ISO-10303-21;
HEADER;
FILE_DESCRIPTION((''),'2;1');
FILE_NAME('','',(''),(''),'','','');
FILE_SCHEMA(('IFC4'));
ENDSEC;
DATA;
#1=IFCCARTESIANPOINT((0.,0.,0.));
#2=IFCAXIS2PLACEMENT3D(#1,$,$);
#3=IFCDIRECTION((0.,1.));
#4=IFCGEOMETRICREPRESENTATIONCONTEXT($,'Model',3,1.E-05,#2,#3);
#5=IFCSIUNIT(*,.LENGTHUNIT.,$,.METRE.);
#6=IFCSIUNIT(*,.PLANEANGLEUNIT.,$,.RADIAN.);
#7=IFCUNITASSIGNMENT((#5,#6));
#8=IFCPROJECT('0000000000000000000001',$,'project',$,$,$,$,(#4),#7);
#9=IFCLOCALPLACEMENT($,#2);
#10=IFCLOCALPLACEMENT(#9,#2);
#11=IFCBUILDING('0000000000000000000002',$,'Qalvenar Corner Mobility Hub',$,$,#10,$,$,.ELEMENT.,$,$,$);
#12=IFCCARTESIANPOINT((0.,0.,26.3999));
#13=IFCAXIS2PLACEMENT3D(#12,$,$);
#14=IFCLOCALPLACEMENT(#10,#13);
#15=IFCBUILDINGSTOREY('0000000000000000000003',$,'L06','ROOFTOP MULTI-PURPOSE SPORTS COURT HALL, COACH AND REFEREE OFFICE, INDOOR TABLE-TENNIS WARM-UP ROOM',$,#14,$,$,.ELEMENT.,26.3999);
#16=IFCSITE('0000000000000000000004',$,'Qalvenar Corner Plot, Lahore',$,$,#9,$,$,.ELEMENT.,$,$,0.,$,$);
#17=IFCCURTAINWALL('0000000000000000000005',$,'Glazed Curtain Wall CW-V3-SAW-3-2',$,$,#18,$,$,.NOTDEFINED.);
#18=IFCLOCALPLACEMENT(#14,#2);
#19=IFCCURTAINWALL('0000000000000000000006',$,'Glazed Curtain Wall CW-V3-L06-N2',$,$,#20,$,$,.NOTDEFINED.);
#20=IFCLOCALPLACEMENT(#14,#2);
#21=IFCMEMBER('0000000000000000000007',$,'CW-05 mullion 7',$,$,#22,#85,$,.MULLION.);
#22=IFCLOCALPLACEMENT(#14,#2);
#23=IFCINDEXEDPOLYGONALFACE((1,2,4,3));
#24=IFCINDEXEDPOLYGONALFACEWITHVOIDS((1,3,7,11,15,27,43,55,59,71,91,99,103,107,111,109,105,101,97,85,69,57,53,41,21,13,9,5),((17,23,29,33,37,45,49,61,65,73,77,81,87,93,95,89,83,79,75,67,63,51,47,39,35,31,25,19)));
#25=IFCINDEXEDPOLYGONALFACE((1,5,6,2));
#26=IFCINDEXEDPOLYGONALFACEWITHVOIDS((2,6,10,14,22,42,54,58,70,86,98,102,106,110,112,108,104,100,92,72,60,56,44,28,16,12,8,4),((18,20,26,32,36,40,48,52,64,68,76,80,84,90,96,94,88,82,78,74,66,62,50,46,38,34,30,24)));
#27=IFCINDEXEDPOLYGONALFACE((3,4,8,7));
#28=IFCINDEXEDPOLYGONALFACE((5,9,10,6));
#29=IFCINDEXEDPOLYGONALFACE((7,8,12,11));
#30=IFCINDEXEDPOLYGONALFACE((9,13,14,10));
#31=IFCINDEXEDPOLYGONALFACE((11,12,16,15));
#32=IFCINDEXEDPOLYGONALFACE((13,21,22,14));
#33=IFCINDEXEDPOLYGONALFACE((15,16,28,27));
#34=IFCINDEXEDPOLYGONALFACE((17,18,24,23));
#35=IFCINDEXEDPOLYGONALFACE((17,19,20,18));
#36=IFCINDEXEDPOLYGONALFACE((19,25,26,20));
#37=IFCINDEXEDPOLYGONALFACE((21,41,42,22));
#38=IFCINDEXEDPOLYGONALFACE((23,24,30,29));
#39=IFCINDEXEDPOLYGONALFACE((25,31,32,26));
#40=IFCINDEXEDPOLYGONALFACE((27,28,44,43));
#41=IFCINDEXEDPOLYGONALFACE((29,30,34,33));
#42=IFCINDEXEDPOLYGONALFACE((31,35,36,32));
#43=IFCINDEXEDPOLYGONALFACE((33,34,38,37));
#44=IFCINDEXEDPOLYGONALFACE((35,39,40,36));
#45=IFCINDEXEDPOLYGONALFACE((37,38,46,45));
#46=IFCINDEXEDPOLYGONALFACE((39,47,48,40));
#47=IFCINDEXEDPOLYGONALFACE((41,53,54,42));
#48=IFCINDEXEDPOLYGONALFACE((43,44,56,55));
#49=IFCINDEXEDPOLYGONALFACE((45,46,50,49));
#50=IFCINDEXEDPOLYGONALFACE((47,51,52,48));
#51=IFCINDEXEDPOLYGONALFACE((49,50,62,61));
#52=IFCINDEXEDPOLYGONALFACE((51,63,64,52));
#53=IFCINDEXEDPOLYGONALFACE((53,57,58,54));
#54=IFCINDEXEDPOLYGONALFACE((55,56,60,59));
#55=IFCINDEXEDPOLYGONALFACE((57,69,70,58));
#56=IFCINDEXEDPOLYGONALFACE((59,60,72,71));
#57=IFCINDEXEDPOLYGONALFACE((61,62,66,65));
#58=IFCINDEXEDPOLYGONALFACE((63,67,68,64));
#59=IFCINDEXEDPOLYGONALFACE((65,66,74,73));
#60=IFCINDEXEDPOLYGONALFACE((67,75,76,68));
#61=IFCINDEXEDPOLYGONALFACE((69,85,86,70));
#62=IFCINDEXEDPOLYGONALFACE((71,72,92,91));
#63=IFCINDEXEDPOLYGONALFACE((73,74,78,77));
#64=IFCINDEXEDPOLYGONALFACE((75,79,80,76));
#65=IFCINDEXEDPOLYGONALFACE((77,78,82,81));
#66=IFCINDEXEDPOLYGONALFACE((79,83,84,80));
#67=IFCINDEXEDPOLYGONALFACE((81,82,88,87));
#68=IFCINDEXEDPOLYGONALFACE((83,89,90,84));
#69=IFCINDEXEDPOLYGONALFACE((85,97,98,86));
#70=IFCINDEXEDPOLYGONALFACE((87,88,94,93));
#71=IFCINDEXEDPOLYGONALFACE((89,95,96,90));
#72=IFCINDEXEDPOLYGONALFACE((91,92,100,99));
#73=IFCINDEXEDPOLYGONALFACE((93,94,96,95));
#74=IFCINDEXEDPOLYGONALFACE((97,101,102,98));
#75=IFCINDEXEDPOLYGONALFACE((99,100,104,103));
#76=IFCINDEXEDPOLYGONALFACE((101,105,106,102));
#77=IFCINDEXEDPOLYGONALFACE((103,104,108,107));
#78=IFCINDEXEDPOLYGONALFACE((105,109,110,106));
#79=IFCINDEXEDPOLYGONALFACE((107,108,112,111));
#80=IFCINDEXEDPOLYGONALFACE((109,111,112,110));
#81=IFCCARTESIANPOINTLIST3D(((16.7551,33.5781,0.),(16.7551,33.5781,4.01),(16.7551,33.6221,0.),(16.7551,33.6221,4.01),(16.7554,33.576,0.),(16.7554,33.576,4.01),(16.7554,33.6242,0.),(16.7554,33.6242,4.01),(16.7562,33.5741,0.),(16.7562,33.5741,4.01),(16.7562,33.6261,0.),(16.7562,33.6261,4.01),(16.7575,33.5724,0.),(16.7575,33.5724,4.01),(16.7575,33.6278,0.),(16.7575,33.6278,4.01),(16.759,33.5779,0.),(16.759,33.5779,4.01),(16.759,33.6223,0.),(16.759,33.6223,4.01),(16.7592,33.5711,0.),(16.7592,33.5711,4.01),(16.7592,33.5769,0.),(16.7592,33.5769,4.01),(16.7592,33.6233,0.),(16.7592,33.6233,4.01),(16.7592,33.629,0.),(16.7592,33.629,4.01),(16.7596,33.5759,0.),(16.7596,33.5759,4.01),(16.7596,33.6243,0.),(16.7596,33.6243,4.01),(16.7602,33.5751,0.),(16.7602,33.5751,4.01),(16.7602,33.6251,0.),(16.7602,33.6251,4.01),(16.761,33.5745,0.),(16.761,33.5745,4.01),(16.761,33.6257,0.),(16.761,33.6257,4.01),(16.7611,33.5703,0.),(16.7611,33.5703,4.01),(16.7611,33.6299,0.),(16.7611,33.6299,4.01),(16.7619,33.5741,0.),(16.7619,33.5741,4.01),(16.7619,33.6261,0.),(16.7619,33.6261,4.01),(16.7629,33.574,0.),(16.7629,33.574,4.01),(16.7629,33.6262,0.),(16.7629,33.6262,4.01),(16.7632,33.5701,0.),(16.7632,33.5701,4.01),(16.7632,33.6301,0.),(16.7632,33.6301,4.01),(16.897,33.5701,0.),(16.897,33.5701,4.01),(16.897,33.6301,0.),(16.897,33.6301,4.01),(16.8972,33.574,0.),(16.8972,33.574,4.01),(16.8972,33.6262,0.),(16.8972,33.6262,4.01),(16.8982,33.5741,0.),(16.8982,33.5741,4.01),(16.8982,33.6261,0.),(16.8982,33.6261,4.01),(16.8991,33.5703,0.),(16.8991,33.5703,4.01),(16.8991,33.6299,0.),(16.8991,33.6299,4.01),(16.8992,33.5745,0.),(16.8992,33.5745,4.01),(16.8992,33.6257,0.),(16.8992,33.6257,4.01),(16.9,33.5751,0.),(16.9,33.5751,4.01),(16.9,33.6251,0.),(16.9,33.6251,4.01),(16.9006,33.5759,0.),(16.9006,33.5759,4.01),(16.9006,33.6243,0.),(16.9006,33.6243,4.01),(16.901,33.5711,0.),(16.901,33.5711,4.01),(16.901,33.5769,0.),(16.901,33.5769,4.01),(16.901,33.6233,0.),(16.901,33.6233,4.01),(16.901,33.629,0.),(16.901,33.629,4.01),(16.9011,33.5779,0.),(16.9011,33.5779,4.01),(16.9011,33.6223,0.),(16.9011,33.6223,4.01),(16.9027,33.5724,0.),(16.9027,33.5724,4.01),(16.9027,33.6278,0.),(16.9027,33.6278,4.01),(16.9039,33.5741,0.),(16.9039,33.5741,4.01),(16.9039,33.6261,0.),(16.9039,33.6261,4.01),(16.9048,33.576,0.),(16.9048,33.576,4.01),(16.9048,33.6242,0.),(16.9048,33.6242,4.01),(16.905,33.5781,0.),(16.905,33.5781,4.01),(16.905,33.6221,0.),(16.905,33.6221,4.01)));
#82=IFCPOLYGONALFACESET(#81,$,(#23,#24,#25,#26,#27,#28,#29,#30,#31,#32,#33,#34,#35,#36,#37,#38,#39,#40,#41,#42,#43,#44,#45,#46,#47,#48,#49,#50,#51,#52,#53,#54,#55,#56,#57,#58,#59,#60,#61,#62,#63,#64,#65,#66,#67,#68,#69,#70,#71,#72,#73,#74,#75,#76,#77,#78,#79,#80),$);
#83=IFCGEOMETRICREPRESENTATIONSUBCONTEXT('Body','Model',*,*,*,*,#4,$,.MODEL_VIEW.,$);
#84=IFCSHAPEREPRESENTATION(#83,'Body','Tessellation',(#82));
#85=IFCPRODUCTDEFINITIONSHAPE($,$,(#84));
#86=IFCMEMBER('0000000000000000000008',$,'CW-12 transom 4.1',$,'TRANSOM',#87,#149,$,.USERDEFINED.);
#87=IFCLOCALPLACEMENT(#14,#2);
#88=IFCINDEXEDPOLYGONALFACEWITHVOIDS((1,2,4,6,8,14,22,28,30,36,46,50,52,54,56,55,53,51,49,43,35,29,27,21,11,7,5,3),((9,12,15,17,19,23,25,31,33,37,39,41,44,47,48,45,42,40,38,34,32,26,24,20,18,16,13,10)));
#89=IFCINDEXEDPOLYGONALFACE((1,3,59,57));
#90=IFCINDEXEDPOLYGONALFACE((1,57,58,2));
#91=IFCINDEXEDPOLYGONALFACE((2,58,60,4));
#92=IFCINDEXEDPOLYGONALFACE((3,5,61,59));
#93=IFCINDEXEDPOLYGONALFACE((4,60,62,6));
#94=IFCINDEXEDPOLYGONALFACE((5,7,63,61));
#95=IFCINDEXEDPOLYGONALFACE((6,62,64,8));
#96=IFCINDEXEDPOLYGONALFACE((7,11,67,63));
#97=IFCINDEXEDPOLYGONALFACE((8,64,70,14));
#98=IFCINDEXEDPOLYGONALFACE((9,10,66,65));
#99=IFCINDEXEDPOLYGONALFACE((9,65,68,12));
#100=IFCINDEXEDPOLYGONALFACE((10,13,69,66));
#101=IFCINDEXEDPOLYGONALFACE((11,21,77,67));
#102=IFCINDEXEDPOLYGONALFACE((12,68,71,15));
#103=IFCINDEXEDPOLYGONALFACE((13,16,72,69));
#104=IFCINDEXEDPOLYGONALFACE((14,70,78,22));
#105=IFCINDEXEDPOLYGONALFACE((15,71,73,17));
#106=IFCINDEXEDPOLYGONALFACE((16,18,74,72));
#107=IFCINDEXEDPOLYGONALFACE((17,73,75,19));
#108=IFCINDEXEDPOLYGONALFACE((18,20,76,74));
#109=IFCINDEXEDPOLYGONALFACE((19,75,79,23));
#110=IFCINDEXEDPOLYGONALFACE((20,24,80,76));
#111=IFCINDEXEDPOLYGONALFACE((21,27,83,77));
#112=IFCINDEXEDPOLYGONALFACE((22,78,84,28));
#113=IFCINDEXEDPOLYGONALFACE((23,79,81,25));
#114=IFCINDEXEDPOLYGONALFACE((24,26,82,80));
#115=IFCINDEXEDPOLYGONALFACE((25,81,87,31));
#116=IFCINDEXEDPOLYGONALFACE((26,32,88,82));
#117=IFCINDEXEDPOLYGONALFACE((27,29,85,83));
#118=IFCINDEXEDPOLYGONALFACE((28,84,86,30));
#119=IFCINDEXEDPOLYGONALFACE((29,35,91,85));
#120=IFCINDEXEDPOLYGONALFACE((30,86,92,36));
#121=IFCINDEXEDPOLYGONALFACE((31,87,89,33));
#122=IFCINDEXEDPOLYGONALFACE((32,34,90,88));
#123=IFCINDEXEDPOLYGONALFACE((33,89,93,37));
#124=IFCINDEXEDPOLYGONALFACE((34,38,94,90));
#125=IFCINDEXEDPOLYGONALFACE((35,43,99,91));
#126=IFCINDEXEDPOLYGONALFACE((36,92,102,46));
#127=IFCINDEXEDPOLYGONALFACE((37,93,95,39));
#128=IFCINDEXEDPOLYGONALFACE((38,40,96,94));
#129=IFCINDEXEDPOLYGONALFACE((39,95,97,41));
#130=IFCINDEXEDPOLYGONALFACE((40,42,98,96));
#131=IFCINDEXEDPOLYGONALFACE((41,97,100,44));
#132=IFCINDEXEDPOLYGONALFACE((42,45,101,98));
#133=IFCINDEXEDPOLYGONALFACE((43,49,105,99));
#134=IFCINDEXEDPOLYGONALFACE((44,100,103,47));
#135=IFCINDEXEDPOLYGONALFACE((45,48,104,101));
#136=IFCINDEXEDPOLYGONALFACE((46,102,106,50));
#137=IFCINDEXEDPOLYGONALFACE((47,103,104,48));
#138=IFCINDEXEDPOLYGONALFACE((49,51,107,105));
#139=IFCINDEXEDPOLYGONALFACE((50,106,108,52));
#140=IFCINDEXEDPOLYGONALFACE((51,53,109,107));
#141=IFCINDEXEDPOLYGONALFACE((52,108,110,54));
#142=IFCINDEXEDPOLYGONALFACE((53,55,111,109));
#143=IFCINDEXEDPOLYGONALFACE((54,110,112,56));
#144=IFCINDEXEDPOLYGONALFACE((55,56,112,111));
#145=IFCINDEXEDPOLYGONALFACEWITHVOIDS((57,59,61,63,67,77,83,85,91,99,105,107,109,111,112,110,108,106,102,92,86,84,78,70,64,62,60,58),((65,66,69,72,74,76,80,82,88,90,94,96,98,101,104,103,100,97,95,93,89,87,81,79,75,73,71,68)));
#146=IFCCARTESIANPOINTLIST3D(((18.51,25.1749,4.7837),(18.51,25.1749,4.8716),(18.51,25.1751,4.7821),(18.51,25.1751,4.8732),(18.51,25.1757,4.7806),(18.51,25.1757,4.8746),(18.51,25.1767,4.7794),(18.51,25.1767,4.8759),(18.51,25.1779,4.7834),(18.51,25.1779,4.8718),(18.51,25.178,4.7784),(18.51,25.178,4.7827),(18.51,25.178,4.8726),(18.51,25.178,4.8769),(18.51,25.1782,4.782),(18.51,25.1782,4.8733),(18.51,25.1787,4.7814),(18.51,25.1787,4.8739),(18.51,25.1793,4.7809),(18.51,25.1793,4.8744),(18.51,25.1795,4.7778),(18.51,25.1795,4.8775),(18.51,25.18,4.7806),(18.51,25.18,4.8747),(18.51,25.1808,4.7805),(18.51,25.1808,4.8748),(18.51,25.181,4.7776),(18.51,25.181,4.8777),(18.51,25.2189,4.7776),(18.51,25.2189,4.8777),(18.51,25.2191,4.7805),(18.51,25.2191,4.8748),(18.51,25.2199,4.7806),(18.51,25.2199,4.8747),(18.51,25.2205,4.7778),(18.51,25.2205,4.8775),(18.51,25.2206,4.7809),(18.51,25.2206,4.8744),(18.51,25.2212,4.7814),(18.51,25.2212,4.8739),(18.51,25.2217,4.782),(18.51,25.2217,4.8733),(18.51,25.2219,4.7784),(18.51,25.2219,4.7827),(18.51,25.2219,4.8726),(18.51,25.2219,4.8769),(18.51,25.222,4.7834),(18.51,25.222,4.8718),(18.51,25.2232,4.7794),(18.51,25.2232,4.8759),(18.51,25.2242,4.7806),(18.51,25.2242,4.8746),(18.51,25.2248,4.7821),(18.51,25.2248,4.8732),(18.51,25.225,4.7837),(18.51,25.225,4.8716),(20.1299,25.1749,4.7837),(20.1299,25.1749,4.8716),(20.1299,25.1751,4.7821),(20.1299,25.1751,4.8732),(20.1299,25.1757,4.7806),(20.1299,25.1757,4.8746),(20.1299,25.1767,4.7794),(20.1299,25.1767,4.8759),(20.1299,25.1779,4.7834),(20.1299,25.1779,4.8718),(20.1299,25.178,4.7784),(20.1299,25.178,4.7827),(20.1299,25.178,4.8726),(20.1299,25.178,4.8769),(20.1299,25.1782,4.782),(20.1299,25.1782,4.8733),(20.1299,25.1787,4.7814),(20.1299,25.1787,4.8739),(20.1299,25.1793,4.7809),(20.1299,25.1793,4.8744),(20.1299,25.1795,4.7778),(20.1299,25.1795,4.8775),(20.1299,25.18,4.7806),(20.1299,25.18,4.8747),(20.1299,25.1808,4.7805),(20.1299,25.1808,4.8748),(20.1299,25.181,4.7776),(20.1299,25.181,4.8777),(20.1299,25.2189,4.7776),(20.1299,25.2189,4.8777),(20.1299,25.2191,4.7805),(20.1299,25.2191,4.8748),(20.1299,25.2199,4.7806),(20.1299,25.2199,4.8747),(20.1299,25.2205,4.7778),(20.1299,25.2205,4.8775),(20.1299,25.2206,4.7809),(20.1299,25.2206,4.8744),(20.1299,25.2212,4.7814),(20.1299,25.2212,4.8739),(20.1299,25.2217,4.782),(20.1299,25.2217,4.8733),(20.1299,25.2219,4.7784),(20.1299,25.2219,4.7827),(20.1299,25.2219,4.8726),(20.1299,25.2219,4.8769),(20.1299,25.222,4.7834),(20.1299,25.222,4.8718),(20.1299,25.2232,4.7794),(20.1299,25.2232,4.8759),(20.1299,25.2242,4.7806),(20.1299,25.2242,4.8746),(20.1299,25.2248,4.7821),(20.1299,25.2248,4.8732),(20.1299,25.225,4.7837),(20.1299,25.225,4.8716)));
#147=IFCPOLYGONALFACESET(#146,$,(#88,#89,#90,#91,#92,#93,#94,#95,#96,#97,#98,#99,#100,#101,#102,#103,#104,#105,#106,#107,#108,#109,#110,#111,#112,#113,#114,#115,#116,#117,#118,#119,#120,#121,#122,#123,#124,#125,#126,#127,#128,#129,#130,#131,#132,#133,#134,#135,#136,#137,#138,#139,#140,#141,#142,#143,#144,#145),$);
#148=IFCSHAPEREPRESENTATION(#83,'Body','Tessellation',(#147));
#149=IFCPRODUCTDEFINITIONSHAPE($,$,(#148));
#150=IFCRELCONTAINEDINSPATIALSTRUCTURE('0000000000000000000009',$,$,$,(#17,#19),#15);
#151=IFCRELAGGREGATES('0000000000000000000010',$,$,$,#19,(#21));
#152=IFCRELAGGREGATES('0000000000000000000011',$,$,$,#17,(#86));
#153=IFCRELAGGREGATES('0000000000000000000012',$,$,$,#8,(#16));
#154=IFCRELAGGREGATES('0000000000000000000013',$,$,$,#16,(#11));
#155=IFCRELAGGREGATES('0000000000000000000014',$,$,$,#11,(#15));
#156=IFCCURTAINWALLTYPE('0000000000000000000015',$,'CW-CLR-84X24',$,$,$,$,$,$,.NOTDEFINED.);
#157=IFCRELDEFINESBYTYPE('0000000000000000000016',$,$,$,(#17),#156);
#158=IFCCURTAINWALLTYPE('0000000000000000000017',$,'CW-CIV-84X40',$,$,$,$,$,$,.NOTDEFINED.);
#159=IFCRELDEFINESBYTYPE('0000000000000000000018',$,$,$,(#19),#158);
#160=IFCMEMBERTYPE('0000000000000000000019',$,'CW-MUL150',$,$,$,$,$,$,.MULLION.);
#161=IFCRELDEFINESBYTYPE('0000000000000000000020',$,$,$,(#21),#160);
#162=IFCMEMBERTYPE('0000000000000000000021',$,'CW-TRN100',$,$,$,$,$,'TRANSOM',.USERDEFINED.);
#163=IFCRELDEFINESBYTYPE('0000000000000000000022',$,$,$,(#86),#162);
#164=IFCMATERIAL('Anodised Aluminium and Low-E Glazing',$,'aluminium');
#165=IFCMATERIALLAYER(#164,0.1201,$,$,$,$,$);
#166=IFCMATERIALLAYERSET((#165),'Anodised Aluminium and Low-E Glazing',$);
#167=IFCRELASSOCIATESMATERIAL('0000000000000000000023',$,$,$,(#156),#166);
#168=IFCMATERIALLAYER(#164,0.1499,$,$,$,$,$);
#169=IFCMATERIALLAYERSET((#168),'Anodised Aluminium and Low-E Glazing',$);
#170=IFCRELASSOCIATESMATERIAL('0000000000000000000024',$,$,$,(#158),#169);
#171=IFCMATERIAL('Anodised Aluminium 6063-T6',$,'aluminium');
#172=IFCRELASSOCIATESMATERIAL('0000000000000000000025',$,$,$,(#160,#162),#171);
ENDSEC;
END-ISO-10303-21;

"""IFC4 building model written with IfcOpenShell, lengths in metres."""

from ifc_helpers import new_model, si_unit, direction, frame, origin, origin_2d, place, context, subcontext, project, spatial, hollow_rectangle, extrude, material, layer, layer_set, material_profile, profile_set, type_object, element, aggregate, save


model = new_model("IFC4")

# Units and contexts
model_context = context("Model", 3, precision=1e-05, world=origin(), true_north=direction((0.0, 1.0)))
body_context = subcontext(model_context, "Body", "Model", "MODEL_VIEW")
ifc_project = project(units=[si_unit("LENGTHUNIT", "METRE"), si_unit("PLANEANGLEUNIT", "RADIAN")], contexts=[model_context])

# Site, building, storey
site_placement = place(None, origin())
site = spatial("IfcSite", under=ifc_project, at=site_placement, Name="Qalvenar Corner Plot, Lahore", CompositionType="ELEMENT", RefElevation=0.0)
building_placement = place(site_placement, origin())
building = spatial("IfcBuilding", under=site, at=building_placement, Name="Qalvenar Corner Mobility Hub", CompositionType="ELEMENT")
storey_placement = place(building_placement, frame((0.0, 0.0, 26.3999)))
storey = spatial("IfcBuildingStorey", under=building, at=storey_placement, Name="L06", Description="ROOFTOP MULTI-PURPOSE SPORTS COURT HALL, COACH AND REFEREE OFFICE, INDOOR TABLE-TENNIS WARM-UP ROOM", CompositionType="ELEMENT", Elevation=26.3999)

# Curtain walls, member
ifc_material_1 = material(Name="Anodised Aluminium and Low-E Glazing", Category="aluminium")
ifc_layer_1 = layer(ifc_material_1, 0.1201)
ifc_layer_set_1 = layer_set([ifc_layer_1], Name="Anodised Aluminium and Low-E Glazing")
curtain_wall_type_1 = type_object("IfcCurtainWallType", Name="CW-CLR-84X24", PredefinedType="NOTDEFINED", material=ifc_layer_set_1)
curtain_wall_1_placement = place(storey_placement, origin())
curtain_wall_1 = element("IfcCurtainWall", 1, at=curtain_wall_1_placement, inside=storey, type_object=curtain_wall_type_1, Name="Glazed Curtain Wall CW-V3-SAW-3-2", PredefinedType="NOTDEFINED")
ifc_material_2 = material(Name="Anodised Aluminium 6063-T6", Category="aluminium")
ifc_layer_2 = layer(ifc_material_1, 0.1499)
ifc_layer_set_2 = layer_set([ifc_layer_2], Name="Anodised Aluminium and Low-E Glazing")
curtain_wall_type_2 = type_object("IfcCurtainWallType", Name="CW-CIV-84X40", PredefinedType="NOTDEFINED", material=ifc_layer_set_2)
curtain_wall_2_placement = place(storey_placement, origin())
curtain_wall_2 = element("IfcCurtainWall", 2, at=curtain_wall_2_placement, inside=storey, type_object=curtain_wall_type_2, Name="Glazed Curtain Wall CW-V3-L06-N2", PredefinedType="NOTDEFINED")
ifc_material_profile_1 = material_profile(ifc_material_2, hollow_rectangle(XDim=0.0601, YDim=0.1499, WallThickness=0.0039, InnerFilletRadius=0.0039, OuterFilletRadius=0.0081, at=origin_2d()), Name="RHS150x60x4")
ifc_profile_set_1 = profile_set([ifc_material_profile_1], Name="Anodised Aluminium 6063-T6")
member_type_1 = type_object("IfcMemberType", Name="CW-MUL150", PredefinedType="MULLION", material=ifc_profile_set_1)
member_1_placement = place(storey_placement, frame((16.8301, 33.6001, 0.0), z_axis=(0.0, 0.0, 1.0), x_axis=(0.0, -1.0, 0.0)))
member_1 = element("IfcMember", 3, at=member_1_placement, type_object=member_type_1, Name="CW-05 mullion 7", PredefinedType="MULLION", context=body_context, shape_type="SweptSolid", body=[
    extrude(hollow_rectangle(XDim=0.0601, YDim=0.1499, WallThickness=0.0039, InnerFilletRadius=0.0039, OuterFilletRadius=0.0081, at=origin_2d()), origin(), (0.0, 0.0, 1.0), 4.01),
])

# Member
ifc_material_profile_2 = material_profile(ifc_material_2, hollow_rectangle(XDim=0.05, YDim=0.1001, WallThickness=0.0029, InnerFilletRadius=0.0029, OuterFilletRadius=0.0061, at=origin_2d()), Name="RHS100x50x3")
ifc_profile_set_2 = profile_set([ifc_material_profile_2], Name="Anodised Aluminium 6063-T6")
member_type_2 = type_object("IfcMemberType", Name="CW-TRN100", ElementType="TRANSOM", PredefinedType="USERDEFINED", material=ifc_profile_set_2)
member_2_placement = place(storey_placement, frame((20.1299, 25.2, 4.8276), z_axis=(-1.0, 0.0, 0.0), x_axis=(0.0, -1.0, 0.0)))
member_2 = element("IfcMember", 4, at=member_2_placement, type_object=member_type_2, Name="CW-12 transom 4.1", ObjectType="TRANSOM", PredefinedType="USERDEFINED", context=body_context, shape_type="SweptSolid", body=[
    extrude(hollow_rectangle(XDim=0.05, YDim=0.1001, WallThickness=0.0029, InnerFilletRadius=0.0029, OuterFilletRadius=0.0061, at=origin_2d()), origin(), (0.0, 0.0, 1.0), 1.6199),
])

aggregate(curtain_wall_2, [member_1])
aggregate(curtain_wall_1, [member_2])

save(model, "model.ifc")
